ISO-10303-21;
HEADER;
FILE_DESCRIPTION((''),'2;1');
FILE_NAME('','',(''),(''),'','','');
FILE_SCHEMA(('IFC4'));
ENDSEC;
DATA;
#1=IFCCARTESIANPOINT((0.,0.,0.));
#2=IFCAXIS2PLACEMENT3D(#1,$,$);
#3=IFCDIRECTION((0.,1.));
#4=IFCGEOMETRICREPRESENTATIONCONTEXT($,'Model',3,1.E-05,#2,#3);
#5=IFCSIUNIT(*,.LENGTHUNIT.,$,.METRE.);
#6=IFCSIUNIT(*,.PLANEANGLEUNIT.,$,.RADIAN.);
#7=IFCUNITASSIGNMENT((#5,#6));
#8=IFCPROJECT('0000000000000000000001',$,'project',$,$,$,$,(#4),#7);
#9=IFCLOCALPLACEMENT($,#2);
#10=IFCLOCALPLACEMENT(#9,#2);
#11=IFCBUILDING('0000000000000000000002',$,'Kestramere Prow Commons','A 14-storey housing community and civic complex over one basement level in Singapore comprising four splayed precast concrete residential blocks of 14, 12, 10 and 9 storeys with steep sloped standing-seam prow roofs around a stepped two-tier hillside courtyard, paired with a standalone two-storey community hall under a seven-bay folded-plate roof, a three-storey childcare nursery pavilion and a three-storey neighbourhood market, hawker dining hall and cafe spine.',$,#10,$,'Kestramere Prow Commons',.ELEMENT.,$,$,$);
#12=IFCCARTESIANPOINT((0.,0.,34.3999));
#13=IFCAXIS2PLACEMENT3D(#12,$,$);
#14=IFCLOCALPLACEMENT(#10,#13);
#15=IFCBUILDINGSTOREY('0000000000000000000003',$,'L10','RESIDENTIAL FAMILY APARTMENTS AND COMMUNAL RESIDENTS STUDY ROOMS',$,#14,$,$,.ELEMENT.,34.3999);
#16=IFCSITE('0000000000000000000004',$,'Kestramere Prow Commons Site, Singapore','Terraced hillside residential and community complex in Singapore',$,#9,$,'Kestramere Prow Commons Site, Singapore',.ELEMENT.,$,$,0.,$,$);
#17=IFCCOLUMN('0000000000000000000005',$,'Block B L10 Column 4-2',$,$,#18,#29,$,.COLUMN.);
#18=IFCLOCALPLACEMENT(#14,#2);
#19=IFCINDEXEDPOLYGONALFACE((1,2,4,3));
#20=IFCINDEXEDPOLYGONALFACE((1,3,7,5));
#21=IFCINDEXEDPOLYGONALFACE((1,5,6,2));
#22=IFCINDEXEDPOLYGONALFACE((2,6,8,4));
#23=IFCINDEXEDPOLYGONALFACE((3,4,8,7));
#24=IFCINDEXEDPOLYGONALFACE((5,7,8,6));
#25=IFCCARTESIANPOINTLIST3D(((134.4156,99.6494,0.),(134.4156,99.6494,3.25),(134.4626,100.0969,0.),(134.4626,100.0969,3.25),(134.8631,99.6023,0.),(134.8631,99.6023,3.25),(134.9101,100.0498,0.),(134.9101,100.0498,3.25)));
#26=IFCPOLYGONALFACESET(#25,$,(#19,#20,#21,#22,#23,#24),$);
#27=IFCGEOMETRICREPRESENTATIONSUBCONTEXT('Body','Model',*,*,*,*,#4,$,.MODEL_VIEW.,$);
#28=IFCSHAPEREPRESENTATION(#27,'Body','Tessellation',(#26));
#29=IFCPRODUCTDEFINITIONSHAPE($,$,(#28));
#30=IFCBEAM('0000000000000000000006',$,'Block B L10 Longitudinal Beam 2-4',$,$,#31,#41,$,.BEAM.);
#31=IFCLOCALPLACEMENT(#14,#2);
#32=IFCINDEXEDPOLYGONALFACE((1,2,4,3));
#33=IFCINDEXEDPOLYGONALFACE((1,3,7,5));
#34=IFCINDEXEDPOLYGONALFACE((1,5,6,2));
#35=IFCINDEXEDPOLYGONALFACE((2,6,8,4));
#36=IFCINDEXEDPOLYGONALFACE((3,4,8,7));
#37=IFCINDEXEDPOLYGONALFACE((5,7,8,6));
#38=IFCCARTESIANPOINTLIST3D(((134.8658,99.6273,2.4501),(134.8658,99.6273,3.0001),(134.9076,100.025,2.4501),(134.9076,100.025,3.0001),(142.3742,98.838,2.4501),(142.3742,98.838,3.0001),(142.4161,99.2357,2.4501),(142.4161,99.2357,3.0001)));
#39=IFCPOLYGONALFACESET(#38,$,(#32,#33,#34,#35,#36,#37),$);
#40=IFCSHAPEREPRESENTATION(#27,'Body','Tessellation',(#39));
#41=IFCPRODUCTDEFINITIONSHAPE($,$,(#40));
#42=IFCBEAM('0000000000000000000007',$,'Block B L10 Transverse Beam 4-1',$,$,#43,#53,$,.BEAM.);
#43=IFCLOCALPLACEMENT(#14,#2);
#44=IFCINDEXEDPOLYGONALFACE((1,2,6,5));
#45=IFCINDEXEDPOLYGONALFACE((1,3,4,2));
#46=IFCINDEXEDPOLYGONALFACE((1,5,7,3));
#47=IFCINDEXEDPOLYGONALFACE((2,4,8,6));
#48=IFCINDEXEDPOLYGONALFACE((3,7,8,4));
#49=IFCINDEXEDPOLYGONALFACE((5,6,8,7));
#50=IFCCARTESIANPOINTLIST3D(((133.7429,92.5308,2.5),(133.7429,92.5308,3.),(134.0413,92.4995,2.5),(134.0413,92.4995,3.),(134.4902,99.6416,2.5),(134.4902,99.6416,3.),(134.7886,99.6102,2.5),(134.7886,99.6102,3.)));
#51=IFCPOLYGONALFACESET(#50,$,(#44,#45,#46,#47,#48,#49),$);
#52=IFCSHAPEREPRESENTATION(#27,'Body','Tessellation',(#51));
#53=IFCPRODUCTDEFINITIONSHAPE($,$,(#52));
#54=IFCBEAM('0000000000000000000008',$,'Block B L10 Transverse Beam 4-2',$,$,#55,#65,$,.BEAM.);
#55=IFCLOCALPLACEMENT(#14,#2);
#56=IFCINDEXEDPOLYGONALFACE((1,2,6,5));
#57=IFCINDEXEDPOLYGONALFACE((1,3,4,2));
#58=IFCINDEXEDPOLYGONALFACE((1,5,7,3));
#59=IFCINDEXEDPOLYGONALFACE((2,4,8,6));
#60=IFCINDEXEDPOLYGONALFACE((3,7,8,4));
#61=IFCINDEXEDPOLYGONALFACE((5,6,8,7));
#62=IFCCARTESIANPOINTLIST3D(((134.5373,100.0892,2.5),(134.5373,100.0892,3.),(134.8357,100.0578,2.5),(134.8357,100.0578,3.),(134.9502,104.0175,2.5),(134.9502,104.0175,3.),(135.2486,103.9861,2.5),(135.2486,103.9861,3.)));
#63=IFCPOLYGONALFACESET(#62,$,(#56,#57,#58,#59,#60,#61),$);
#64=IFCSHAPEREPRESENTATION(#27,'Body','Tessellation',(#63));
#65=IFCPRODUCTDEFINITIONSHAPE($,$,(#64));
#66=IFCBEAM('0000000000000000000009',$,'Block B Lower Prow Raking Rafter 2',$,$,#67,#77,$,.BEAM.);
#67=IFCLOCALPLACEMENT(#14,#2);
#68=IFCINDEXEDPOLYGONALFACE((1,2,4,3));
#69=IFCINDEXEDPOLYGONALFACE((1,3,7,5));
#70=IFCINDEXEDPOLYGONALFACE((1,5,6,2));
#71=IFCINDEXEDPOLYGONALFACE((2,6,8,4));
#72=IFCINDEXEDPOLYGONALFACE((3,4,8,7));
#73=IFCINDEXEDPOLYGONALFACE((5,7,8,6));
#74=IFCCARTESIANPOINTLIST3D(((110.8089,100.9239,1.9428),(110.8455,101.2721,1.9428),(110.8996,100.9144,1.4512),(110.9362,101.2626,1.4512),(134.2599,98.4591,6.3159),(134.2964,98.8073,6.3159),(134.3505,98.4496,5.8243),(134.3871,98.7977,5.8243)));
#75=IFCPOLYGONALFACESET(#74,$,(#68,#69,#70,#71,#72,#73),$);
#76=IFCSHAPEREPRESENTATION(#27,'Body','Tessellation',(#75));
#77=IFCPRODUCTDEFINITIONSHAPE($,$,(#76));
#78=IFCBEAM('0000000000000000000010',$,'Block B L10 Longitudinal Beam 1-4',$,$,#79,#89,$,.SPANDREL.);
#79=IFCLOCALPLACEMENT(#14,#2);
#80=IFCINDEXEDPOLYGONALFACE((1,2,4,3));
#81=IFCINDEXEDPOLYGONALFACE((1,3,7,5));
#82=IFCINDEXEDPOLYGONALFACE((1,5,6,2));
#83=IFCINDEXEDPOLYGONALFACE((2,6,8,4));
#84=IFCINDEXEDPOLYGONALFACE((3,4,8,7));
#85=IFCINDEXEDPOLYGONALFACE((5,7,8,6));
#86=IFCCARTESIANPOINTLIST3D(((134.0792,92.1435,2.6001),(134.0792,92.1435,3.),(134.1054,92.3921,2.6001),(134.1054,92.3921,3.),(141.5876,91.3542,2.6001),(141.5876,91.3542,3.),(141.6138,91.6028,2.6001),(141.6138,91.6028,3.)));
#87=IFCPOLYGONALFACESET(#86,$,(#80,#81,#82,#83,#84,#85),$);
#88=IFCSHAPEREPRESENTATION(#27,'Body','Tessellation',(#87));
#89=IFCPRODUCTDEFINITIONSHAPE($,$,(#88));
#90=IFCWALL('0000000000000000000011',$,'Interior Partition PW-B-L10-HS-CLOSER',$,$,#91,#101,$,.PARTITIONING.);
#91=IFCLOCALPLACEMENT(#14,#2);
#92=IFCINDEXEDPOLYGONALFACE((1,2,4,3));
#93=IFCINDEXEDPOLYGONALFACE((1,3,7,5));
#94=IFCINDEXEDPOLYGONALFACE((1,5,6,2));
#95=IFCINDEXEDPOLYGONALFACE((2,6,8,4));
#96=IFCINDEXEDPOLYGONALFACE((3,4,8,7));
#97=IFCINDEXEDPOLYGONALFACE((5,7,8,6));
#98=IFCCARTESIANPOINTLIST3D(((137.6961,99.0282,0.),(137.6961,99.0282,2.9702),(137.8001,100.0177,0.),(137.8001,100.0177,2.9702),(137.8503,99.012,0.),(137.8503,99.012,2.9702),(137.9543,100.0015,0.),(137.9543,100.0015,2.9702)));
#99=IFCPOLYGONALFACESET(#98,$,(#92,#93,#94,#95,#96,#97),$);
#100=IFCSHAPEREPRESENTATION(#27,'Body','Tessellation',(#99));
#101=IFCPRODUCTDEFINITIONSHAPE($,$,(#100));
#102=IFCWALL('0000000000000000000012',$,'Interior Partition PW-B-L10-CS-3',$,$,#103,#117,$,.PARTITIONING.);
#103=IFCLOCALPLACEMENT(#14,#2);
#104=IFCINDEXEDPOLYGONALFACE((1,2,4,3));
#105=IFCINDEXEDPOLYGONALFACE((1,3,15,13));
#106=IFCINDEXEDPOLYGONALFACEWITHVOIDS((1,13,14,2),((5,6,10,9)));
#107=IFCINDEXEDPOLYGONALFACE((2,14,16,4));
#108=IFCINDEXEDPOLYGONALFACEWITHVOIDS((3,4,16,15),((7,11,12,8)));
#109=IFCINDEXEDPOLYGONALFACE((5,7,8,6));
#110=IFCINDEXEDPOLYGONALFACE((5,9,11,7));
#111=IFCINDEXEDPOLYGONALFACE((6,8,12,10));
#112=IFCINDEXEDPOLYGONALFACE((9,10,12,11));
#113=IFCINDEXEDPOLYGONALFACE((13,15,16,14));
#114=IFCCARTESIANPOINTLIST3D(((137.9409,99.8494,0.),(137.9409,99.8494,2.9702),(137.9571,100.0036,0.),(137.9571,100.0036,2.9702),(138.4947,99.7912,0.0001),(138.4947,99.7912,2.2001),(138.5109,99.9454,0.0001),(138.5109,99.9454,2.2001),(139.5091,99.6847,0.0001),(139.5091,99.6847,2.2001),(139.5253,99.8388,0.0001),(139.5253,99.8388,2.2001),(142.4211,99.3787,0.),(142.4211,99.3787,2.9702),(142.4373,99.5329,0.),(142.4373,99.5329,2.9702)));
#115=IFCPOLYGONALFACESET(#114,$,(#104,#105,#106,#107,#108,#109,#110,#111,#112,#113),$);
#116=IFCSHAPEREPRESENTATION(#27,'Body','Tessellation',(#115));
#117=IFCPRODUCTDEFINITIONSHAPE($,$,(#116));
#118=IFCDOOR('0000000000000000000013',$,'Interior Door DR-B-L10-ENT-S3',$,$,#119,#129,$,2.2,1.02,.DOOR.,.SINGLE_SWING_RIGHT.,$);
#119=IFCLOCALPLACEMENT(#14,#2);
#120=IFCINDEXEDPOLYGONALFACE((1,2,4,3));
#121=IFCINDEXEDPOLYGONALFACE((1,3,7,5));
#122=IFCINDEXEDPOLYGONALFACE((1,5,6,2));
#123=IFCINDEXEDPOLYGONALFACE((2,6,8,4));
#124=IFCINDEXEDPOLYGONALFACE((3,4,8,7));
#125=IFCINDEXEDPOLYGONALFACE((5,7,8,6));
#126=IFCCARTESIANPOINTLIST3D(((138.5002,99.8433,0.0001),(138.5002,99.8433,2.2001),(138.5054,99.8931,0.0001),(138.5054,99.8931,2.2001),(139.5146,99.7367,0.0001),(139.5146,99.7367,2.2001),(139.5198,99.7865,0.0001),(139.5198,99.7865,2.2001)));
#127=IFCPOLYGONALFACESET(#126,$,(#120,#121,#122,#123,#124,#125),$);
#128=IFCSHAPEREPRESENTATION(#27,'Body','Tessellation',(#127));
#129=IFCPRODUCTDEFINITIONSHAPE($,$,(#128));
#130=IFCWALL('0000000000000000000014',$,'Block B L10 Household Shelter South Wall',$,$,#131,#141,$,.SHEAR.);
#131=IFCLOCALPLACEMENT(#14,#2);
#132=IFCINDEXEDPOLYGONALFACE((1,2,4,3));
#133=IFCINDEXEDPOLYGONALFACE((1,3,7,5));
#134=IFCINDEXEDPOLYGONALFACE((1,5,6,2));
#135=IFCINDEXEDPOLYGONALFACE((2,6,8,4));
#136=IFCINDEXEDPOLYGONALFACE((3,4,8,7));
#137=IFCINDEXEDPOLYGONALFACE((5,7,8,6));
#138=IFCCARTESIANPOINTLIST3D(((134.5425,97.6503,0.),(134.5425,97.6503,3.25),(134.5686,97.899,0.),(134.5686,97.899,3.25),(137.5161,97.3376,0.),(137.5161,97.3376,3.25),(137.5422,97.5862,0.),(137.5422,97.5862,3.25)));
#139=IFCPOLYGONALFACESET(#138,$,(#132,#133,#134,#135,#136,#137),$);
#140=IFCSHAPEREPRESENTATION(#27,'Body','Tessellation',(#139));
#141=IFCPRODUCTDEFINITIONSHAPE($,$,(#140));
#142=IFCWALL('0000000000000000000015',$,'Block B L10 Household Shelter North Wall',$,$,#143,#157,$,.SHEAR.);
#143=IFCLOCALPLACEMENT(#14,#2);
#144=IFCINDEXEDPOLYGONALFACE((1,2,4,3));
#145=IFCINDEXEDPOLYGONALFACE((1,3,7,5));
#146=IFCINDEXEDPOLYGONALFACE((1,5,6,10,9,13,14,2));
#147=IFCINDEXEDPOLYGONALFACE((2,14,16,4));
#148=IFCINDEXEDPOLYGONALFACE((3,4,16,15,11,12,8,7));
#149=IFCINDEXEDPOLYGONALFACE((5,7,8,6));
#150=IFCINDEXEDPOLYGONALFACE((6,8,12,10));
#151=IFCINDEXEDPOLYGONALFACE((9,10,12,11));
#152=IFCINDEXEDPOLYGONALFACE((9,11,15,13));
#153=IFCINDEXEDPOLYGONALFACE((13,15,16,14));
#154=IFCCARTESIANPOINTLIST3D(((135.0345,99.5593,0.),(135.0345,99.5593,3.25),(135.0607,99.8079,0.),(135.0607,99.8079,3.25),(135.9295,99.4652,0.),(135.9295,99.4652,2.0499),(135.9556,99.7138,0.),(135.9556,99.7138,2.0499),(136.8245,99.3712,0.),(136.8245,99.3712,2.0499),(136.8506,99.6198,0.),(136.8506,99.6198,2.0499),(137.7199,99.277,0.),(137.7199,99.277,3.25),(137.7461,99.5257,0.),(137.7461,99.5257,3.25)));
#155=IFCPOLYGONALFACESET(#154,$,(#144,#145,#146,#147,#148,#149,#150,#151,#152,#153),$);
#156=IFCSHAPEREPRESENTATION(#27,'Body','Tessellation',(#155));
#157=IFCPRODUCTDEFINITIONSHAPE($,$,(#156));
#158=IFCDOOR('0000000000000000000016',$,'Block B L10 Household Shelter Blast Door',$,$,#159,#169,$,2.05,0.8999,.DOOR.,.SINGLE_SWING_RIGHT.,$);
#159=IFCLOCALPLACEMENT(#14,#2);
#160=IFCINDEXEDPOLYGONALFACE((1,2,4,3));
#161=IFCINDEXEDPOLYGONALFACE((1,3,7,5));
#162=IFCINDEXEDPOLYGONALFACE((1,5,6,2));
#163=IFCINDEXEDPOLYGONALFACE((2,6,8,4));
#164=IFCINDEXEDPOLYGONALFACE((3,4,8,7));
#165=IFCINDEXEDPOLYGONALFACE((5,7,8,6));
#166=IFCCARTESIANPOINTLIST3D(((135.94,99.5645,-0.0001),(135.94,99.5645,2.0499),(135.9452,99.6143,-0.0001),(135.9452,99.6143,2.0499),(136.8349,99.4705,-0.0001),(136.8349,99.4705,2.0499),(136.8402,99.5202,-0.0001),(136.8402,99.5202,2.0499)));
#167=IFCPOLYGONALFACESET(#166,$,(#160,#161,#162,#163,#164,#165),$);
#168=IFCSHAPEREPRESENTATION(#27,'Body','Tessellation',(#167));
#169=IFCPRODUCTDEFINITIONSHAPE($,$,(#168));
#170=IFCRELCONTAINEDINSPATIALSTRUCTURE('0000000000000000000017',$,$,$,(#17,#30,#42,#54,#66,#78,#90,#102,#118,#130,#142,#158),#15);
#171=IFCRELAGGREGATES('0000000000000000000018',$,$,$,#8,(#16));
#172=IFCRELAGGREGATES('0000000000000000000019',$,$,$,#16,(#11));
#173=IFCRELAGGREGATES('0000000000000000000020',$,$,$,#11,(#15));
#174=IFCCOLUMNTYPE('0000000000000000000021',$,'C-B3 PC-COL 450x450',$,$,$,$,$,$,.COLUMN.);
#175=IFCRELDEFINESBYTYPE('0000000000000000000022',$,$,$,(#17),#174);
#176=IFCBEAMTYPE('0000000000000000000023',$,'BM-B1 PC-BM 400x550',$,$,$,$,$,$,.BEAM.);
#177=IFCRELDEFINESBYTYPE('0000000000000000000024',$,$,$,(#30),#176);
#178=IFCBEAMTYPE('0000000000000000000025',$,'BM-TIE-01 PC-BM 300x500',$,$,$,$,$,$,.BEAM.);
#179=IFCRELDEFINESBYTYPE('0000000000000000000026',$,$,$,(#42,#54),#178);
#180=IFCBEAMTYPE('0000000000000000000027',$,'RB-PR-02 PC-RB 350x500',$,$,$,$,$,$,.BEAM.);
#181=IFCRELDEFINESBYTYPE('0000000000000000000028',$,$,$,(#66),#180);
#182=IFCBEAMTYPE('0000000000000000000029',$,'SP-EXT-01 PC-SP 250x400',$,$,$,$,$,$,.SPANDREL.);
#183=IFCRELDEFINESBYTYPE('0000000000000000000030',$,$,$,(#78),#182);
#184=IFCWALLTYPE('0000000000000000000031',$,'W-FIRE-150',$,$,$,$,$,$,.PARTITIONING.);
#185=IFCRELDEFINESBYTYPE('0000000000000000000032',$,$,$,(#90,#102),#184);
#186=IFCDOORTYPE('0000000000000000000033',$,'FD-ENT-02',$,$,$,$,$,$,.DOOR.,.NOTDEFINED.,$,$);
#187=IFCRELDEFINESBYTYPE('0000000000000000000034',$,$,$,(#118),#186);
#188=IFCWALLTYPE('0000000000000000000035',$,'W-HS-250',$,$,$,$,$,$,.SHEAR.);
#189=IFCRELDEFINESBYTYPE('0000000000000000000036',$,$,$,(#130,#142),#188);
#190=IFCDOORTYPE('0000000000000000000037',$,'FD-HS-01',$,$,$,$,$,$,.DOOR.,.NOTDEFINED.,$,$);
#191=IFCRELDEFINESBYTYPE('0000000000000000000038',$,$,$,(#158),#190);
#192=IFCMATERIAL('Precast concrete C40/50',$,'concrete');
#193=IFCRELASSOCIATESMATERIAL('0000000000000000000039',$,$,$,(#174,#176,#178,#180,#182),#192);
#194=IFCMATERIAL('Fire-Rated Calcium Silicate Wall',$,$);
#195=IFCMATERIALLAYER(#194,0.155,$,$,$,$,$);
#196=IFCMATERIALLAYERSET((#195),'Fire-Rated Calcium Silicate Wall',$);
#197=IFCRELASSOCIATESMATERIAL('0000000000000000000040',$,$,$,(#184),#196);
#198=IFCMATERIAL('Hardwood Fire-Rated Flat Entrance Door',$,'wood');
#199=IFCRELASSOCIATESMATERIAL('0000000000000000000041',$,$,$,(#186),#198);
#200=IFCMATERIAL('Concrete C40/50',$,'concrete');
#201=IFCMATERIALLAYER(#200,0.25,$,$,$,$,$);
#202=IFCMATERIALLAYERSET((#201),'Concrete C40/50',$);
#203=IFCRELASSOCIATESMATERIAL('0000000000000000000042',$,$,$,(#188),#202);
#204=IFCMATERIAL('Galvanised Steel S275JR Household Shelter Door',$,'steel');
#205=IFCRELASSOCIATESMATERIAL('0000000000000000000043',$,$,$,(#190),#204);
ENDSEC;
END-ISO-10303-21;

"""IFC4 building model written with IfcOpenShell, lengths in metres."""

from ifc_helpers import new_model, si_unit, direction, frame, frame_2d, origin, origin_2d, place, context, subcontext, project, spatial, rectangle, extrude, material, layer, layer_set, material_profile, profile_set, type_object, element, fill, save


model = new_model("IFC4")

# Units and contexts
model_context = context("Model", 3, precision=1e-05, world=origin(), true_north=direction((0.0, 1.0)))
body_context = subcontext(model_context, "Body", "Model", "MODEL_VIEW")
ifc_project = project(units=[si_unit("LENGTHUNIT", "METRE"), si_unit("PLANEANGLEUNIT", "RADIAN")], contexts=[model_context])

# Site, building, storey
site_placement = place(None, origin())
site = spatial("IfcSite", under=ifc_project, at=site_placement, Name="Kestramere Prow Commons Site, Singapore", Description="Terraced hillside residential and community complex in Singapore", LongName="Kestramere Prow Commons Site, Singapore", CompositionType="ELEMENT", RefElevation=0.0)
building_placement = place(site_placement, origin())
building = spatial("IfcBuilding", under=site, at=building_placement, Name="Kestramere Prow Commons", Description="A 14-storey housing community and civic complex over one basement level in Singapore comprising four splayed precast concrete residential blocks of 14, 12, 10 and 9 storeys with steep sloped standing-seam prow roofs around a stepped two-tier hillside courtyard, paired with a standalone two-storey community hall under a seven-bay folded-plate roof, a three-storey childcare nursery pavilion and a three-storey neighbourhood market, hawker dining hall and cafe spine.", LongName="Kestramere Prow Commons", CompositionType="ELEMENT")
storey_placement = place(building_placement, frame((0.0, 0.0, 34.3999)))
storey = spatial("IfcBuildingStorey", under=building, at=storey_placement, Name="L10", Description="RESIDENTIAL FAMILY APARTMENTS AND COMMUNAL RESIDENTS STUDY ROOMS", CompositionType="ELEMENT", Elevation=34.3999)

# Column
ifc_material_1 = material(Name="Precast concrete C40/50", Category="concrete")
ifc_material_profile_1 = material_profile(ifc_material_1, rectangle(XDim=0.45, YDim=0.45, at=origin_2d()), Name="PC-COL 450x450")
ifc_profile_set_1 = profile_set([ifc_material_profile_1], Name="Precast concrete C40/50")
column_type = type_object("IfcColumnType", Name="C-B3 PC-COL 450x450", PredefinedType="COLUMN", material=ifc_profile_set_1)
column_placement = place(storey_placement, frame((134.6628, 99.8496, 0.0), z_axis=(0.0, 0.0, 1.0), x_axis=(0.994522, -0.104528, 0.0)))
element("IfcColumn", 1, at=column_placement, inside=storey, type_object=column_type, Name="Block B L10 Column 4-2", PredefinedType="COLUMN", context=body_context, shape_type="SweptSolid", body=[
    extrude(rectangle(XDim=0.45, YDim=0.45, at=origin_2d()), origin(), (0.0, 0.0, 1.0), 3.25),
])

# Beams
ifc_material_profile_2 = material_profile(ifc_material_1, rectangle(XDim=0.3999, YDim=0.55, at=origin_2d()), Name="PC-BM 400x550")
ifc_profile_set_2 = profile_set([ifc_material_profile_2], Name="Precast concrete C40/50")
beam_type_1 = type_object("IfcBeamType", Name="BM-B1 PC-BM 400x550", PredefinedType="BEAM", material=ifc_profile_set_2)
beam_1_placement = place(storey_placement, frame((134.8867, 99.8262, 2.7251), z_axis=(0.99452, -0.104545, 0.0), x_axis=(0.104545, 0.99452, 0.0)))
element("IfcBeam", 2, at=beam_1_placement, inside=storey, type_object=beam_type_1, Name="Block B L10 Longitudinal Beam 2-4", PredefinedType="BEAM", context=body_context, shape_type="SweptSolid", body=[
    extrude(rectangle(XDim=0.3999, YDim=0.55, at=origin_2d()), origin(), (0.0, 0.0, 1.0), 7.5498),
])
ifc_material_profile_3 = material_profile(ifc_material_1, rectangle(XDim=0.3, YDim=0.5, at=origin_2d()), Name="PC-BM 300x500")
ifc_profile_set_3 = profile_set([ifc_material_profile_3], Name="Precast concrete C40/50")
beam_type_2 = type_object("IfcBeamType", Name="BM-TIE-01 PC-BM 300x500", PredefinedType="BEAM", material=ifc_profile_set_3)
beam_2_placement = place(storey_placement, frame((133.8921, 92.5151, 2.75), z_axis=(0.104519, 0.994523, 0.0), x_axis=(-0.994523, 0.104519, 0.0)))
element("IfcBeam", 3, at=beam_2_placement, inside=storey, type_object=beam_type_2, Name="Block B L10 Transverse Beam 4-1", PredefinedType="BEAM", context=body_context, shape_type="SweptSolid", body=[
    extrude(rectangle(XDim=0.3, YDim=0.5, at=origin_2d()), origin(), (0.0, 0.0, 1.0), 7.1499),
])
beam_3_placement = place(storey_placement, frame((134.6865, 100.0735, 2.75), z_axis=(0.104521, 0.994523, 0.0), x_axis=(-0.994523, 0.104521, 0.0)))
element("IfcBeam", 4, at=beam_3_placement, inside=storey, type_object=beam_type_2, Name="Block B L10 Transverse Beam 4-2", PredefinedType="BEAM", context=body_context, shape_type="SweptSolid", body=[
    extrude(rectangle(XDim=0.3, YDim=0.5, at=origin_2d()), origin(), (0.0, 0.0, 1.0), 3.95),
])
ifc_material_profile_4 = material_profile(ifc_material_1, rectangle(XDim=0.3501, YDim=0.5, at=origin_2d()), Name="PC-RB 350x500")
ifc_profile_set_4 = profile_set([ifc_material_profile_4], Name="Precast concrete C40/50")
beam_type_3 = type_object("IfcBeamType", Name="RB-PR-02 PC-RB 350x500", PredefinedType="BEAM", material=ifc_profile_set_4)
beam_4_placement = place(storey_placement, frame((134.3235, 98.6284, 6.0701), z_axis=(-0.977848, 0.102778, -0.182346), x_axis=(-0.104531, -0.994522, 0.0)))
element("IfcBeam", 5, at=beam_4_placement, inside=storey, type_object=beam_type_3, Name="Block B Lower Prow Raking Rafter 2", PredefinedType="BEAM", context=body_context, shape_type="SweptSolid", body=[
    extrude(rectangle(XDim=0.3501, YDim=0.5, at=origin_2d()), origin(), (0.0, 0.0, 1.0), 23.9822),
])
ifc_material_profile_5 = material_profile(ifc_material_1, rectangle(XDim=0.25, YDim=0.3999, at=origin_2d()), Name="PC-SP 250x400")
ifc_profile_set_5 = profile_set([ifc_material_profile_5], Name="Precast concrete C40/50")
beam_type_4 = type_object("IfcBeamType", Name="SP-EXT-01 PC-SP 250x400", PredefinedType="SPANDREL", material=ifc_profile_set_5)
beam_5_placement = place(storey_placement, frame((134.0923, 92.2678, 2.8), z_axis=(0.99452, -0.104545, 0.0), x_axis=(0.104545, 0.99452, 0.0)))
element("IfcBeam", 6, at=beam_5_placement, inside=storey, type_object=beam_type_4, Name="Block B L10 Longitudinal Beam 1-4", PredefinedType="SPANDREL", context=body_context, shape_type="SweptSolid", body=[
    extrude(rectangle(XDim=0.25, YDim=0.3999, at=origin_2d()), origin(), (0.0, 0.0, 1.0), 7.5498),
])

# Wall
ifc_material_2 = material(Name="Fire-Rated Calcium Silicate Wall")
ifc_layer_1 = layer(ifc_material_2, 0.155)
ifc_layer_set_1 = layer_set([ifc_layer_1], Name="Fire-Rated Calcium Silicate Wall")
wall_type_1 = type_object("IfcWallType", Name="W-FIRE-150", PredefinedType="PARTITIONING", material=ifc_layer_set_1)
wall_1_placement = place(storey_placement, frame((137.7732, 99.02, 0.0), z_axis=(0.0, 0.0, 1.0), x_axis=(0.104532, 0.994522, 0.0)))
element("IfcWall", 7, at=wall_1_placement, inside=storey, type_object=wall_type_1, Name="Interior Partition PW-B-L10-HS-CLOSER", PredefinedType="PARTITIONING", context=body_context, shape_type="SweptSolid", body=[
    extrude(rectangle(XDim=0.9949, YDim=0.155, at=frame_2d((0.4976, 0.0))), origin(), (0.0, 0.0, 1.0), 2.9702),
])

# Wall, opening, door
wall_2_placement = place(storey_placement, frame((137.949, 99.9265, 0.0), z_axis=(0.0, 0.0, 1.0), x_axis=(0.994526, -0.104487, 0.0)))
wall_2 = element("IfcWall", 8, at=wall_2_placement, inside=storey, type_object=wall_type_1, Name="Interior Partition PW-B-L10-CS-3", PredefinedType="PARTITIONING", context=body_context, shape_type="SweptSolid", body=[
    extrude(rectangle(XDim=4.5049, YDim=0.155, at=frame_2d((2.2524, 0.0))), origin(), (0.0, 0.0, 1.0), 2.9702),
])
opening_1_placement = place(wall_2_placement, frame((0.5569, 0.0, 0.0)))
opening_1 = element("IfcOpeningElement", 9, at=opening_1_placement, cuts=wall_2, PredefinedType="OPENING", context=body_context, shape_type="SweptSolid", body=[
    extrude(rectangle(XDim=1.02, YDim=2.2, at=frame_2d((0.51, 1.1001))), frame((0.0, 0.0925, 0.0), z_axis=(0.0, -1.0, 0.0), x_axis=(1.0, 0.0, 0.0)), (0.0, 0.0, 1.0), 0.1851),
])
ifc_material_3 = material(Name="Hardwood Fire-Rated Flat Entrance Door", Category="wood")
door_type_1 = type_object("IfcDoorType", Name="FD-ENT-02", OperationType="NOTDEFINED", PredefinedType="DOOR", material=ifc_material_3)
door_1_placement = place(opening_1_placement, origin())
door_1 = element("IfcDoor", 10, at=door_1_placement, inside=storey, type_object=door_type_1, Name="Interior Door DR-B-L10-ENT-S3", OperationType="SINGLE_SWING_RIGHT", OverallHeight=2.2, OverallWidth=1.02, PredefinedType="DOOR", context=body_context, shape_type="SweptSolid", body=[
    extrude(rectangle(XDim=1.02, YDim=2.2, at=frame_2d((0.51, 1.1001))), frame((0.0, 0.0249, 0.0), z_axis=(0.0, -1.0, 0.0), x_axis=(1.0, 0.0, 0.0)), (0.0, 0.0, 1.0), 0.05),
])
fill(opening_1, door_1)

# Wall
ifc_material_4 = material(Name="Concrete C40/50", Category="concrete")
ifc_layer_2 = layer(ifc_material_4, 0.25)
ifc_layer_set_2 = layer_set([ifc_layer_2], Name="Concrete C40/50")
wall_type_2 = type_object("IfcWallType", Name="W-HS-250", PredefinedType="SHEAR", material=ifc_layer_set_2)
wall_3_placement = place(storey_placement, frame((134.5554, 97.7747, 0.0), z_axis=(0.0, 0.0, 1.0), x_axis=(0.994515, -0.104596, 0.0)))
element("IfcWall", 11, at=wall_3_placement, inside=storey, type_object=wall_type_2, Name="Block B L10 Household Shelter South Wall", PredefinedType="SHEAR", context=body_context, shape_type="SweptSolid", body=[
    extrude(rectangle(XDim=2.99, YDim=0.25, at=frame_2d((1.4951, 0.0))), origin(), (0.0, 0.0, 1.0), 3.25),
])

# Wall, opening, door
wall_4_placement = place(storey_placement, frame((135.0476, 99.6836, 0.0), z_axis=(0.0, 0.0, 1.0), x_axis=(0.994522, -0.104525, 0.0)))
wall_4 = element("IfcWall", 12, at=wall_4_placement, inside=storey, type_object=wall_type_2, Name="Block B L10 Household Shelter North Wall", PredefinedType="SHEAR", context=body_context, shape_type="SweptSolid", body=[
    extrude(rectangle(XDim=2.7002, YDim=0.25, at=frame_2d((1.3501, 0.0))), origin(), (0.0, 0.0, 1.0), 3.25),
])
opening_2_placement = place(wall_4_placement, frame((0.8999, 0.0, 0.0)))
opening_2 = element("IfcOpeningElement", 13, at=opening_2_placement, cuts=wall_4, PredefinedType="OPENING", context=body_context, shape_type="SweptSolid", body=[
    extrude(rectangle(XDim=0.8999, YDim=2.05, at=frame_2d((0.45, 1.0249))), frame((0.0, 0.1399, 0.0), z_axis=(0.0, -1.0, 0.0), x_axis=(1.0, 0.0, 0.0)), (0.0, 0.0, 1.0), 0.28),
])
ifc_material_5 = material(Name="Galvanised Steel S275JR Household Shelter Door", Category="steel")
door_type_2 = type_object("IfcDoorType", Name="FD-HS-01", OperationType="NOTDEFINED", PredefinedType="DOOR", material=ifc_material_5)
door_2_placement = place(opening_2_placement, origin())
door_2 = element("IfcDoor", 14, at=door_2_placement, inside=storey, type_object=door_type_2, Name="Block B L10 Household Shelter Blast Door", OperationType="SINGLE_SWING_RIGHT", OverallHeight=2.05, OverallWidth=0.8999, PredefinedType="DOOR", context=body_context, shape_type="SweptSolid", body=[
    extrude(rectangle(XDim=0.8999, YDim=2.05, at=frame_2d((0.45, 1.0249))), frame((0.0, 0.0249, 0.0), z_axis=(0.0, -1.0, 0.0), x_axis=(1.0, 0.0, 0.0)), (0.0, 0.0, 1.0), 0.05),
])
fill(opening_2, door_2)

save(model, "model.ifc")
